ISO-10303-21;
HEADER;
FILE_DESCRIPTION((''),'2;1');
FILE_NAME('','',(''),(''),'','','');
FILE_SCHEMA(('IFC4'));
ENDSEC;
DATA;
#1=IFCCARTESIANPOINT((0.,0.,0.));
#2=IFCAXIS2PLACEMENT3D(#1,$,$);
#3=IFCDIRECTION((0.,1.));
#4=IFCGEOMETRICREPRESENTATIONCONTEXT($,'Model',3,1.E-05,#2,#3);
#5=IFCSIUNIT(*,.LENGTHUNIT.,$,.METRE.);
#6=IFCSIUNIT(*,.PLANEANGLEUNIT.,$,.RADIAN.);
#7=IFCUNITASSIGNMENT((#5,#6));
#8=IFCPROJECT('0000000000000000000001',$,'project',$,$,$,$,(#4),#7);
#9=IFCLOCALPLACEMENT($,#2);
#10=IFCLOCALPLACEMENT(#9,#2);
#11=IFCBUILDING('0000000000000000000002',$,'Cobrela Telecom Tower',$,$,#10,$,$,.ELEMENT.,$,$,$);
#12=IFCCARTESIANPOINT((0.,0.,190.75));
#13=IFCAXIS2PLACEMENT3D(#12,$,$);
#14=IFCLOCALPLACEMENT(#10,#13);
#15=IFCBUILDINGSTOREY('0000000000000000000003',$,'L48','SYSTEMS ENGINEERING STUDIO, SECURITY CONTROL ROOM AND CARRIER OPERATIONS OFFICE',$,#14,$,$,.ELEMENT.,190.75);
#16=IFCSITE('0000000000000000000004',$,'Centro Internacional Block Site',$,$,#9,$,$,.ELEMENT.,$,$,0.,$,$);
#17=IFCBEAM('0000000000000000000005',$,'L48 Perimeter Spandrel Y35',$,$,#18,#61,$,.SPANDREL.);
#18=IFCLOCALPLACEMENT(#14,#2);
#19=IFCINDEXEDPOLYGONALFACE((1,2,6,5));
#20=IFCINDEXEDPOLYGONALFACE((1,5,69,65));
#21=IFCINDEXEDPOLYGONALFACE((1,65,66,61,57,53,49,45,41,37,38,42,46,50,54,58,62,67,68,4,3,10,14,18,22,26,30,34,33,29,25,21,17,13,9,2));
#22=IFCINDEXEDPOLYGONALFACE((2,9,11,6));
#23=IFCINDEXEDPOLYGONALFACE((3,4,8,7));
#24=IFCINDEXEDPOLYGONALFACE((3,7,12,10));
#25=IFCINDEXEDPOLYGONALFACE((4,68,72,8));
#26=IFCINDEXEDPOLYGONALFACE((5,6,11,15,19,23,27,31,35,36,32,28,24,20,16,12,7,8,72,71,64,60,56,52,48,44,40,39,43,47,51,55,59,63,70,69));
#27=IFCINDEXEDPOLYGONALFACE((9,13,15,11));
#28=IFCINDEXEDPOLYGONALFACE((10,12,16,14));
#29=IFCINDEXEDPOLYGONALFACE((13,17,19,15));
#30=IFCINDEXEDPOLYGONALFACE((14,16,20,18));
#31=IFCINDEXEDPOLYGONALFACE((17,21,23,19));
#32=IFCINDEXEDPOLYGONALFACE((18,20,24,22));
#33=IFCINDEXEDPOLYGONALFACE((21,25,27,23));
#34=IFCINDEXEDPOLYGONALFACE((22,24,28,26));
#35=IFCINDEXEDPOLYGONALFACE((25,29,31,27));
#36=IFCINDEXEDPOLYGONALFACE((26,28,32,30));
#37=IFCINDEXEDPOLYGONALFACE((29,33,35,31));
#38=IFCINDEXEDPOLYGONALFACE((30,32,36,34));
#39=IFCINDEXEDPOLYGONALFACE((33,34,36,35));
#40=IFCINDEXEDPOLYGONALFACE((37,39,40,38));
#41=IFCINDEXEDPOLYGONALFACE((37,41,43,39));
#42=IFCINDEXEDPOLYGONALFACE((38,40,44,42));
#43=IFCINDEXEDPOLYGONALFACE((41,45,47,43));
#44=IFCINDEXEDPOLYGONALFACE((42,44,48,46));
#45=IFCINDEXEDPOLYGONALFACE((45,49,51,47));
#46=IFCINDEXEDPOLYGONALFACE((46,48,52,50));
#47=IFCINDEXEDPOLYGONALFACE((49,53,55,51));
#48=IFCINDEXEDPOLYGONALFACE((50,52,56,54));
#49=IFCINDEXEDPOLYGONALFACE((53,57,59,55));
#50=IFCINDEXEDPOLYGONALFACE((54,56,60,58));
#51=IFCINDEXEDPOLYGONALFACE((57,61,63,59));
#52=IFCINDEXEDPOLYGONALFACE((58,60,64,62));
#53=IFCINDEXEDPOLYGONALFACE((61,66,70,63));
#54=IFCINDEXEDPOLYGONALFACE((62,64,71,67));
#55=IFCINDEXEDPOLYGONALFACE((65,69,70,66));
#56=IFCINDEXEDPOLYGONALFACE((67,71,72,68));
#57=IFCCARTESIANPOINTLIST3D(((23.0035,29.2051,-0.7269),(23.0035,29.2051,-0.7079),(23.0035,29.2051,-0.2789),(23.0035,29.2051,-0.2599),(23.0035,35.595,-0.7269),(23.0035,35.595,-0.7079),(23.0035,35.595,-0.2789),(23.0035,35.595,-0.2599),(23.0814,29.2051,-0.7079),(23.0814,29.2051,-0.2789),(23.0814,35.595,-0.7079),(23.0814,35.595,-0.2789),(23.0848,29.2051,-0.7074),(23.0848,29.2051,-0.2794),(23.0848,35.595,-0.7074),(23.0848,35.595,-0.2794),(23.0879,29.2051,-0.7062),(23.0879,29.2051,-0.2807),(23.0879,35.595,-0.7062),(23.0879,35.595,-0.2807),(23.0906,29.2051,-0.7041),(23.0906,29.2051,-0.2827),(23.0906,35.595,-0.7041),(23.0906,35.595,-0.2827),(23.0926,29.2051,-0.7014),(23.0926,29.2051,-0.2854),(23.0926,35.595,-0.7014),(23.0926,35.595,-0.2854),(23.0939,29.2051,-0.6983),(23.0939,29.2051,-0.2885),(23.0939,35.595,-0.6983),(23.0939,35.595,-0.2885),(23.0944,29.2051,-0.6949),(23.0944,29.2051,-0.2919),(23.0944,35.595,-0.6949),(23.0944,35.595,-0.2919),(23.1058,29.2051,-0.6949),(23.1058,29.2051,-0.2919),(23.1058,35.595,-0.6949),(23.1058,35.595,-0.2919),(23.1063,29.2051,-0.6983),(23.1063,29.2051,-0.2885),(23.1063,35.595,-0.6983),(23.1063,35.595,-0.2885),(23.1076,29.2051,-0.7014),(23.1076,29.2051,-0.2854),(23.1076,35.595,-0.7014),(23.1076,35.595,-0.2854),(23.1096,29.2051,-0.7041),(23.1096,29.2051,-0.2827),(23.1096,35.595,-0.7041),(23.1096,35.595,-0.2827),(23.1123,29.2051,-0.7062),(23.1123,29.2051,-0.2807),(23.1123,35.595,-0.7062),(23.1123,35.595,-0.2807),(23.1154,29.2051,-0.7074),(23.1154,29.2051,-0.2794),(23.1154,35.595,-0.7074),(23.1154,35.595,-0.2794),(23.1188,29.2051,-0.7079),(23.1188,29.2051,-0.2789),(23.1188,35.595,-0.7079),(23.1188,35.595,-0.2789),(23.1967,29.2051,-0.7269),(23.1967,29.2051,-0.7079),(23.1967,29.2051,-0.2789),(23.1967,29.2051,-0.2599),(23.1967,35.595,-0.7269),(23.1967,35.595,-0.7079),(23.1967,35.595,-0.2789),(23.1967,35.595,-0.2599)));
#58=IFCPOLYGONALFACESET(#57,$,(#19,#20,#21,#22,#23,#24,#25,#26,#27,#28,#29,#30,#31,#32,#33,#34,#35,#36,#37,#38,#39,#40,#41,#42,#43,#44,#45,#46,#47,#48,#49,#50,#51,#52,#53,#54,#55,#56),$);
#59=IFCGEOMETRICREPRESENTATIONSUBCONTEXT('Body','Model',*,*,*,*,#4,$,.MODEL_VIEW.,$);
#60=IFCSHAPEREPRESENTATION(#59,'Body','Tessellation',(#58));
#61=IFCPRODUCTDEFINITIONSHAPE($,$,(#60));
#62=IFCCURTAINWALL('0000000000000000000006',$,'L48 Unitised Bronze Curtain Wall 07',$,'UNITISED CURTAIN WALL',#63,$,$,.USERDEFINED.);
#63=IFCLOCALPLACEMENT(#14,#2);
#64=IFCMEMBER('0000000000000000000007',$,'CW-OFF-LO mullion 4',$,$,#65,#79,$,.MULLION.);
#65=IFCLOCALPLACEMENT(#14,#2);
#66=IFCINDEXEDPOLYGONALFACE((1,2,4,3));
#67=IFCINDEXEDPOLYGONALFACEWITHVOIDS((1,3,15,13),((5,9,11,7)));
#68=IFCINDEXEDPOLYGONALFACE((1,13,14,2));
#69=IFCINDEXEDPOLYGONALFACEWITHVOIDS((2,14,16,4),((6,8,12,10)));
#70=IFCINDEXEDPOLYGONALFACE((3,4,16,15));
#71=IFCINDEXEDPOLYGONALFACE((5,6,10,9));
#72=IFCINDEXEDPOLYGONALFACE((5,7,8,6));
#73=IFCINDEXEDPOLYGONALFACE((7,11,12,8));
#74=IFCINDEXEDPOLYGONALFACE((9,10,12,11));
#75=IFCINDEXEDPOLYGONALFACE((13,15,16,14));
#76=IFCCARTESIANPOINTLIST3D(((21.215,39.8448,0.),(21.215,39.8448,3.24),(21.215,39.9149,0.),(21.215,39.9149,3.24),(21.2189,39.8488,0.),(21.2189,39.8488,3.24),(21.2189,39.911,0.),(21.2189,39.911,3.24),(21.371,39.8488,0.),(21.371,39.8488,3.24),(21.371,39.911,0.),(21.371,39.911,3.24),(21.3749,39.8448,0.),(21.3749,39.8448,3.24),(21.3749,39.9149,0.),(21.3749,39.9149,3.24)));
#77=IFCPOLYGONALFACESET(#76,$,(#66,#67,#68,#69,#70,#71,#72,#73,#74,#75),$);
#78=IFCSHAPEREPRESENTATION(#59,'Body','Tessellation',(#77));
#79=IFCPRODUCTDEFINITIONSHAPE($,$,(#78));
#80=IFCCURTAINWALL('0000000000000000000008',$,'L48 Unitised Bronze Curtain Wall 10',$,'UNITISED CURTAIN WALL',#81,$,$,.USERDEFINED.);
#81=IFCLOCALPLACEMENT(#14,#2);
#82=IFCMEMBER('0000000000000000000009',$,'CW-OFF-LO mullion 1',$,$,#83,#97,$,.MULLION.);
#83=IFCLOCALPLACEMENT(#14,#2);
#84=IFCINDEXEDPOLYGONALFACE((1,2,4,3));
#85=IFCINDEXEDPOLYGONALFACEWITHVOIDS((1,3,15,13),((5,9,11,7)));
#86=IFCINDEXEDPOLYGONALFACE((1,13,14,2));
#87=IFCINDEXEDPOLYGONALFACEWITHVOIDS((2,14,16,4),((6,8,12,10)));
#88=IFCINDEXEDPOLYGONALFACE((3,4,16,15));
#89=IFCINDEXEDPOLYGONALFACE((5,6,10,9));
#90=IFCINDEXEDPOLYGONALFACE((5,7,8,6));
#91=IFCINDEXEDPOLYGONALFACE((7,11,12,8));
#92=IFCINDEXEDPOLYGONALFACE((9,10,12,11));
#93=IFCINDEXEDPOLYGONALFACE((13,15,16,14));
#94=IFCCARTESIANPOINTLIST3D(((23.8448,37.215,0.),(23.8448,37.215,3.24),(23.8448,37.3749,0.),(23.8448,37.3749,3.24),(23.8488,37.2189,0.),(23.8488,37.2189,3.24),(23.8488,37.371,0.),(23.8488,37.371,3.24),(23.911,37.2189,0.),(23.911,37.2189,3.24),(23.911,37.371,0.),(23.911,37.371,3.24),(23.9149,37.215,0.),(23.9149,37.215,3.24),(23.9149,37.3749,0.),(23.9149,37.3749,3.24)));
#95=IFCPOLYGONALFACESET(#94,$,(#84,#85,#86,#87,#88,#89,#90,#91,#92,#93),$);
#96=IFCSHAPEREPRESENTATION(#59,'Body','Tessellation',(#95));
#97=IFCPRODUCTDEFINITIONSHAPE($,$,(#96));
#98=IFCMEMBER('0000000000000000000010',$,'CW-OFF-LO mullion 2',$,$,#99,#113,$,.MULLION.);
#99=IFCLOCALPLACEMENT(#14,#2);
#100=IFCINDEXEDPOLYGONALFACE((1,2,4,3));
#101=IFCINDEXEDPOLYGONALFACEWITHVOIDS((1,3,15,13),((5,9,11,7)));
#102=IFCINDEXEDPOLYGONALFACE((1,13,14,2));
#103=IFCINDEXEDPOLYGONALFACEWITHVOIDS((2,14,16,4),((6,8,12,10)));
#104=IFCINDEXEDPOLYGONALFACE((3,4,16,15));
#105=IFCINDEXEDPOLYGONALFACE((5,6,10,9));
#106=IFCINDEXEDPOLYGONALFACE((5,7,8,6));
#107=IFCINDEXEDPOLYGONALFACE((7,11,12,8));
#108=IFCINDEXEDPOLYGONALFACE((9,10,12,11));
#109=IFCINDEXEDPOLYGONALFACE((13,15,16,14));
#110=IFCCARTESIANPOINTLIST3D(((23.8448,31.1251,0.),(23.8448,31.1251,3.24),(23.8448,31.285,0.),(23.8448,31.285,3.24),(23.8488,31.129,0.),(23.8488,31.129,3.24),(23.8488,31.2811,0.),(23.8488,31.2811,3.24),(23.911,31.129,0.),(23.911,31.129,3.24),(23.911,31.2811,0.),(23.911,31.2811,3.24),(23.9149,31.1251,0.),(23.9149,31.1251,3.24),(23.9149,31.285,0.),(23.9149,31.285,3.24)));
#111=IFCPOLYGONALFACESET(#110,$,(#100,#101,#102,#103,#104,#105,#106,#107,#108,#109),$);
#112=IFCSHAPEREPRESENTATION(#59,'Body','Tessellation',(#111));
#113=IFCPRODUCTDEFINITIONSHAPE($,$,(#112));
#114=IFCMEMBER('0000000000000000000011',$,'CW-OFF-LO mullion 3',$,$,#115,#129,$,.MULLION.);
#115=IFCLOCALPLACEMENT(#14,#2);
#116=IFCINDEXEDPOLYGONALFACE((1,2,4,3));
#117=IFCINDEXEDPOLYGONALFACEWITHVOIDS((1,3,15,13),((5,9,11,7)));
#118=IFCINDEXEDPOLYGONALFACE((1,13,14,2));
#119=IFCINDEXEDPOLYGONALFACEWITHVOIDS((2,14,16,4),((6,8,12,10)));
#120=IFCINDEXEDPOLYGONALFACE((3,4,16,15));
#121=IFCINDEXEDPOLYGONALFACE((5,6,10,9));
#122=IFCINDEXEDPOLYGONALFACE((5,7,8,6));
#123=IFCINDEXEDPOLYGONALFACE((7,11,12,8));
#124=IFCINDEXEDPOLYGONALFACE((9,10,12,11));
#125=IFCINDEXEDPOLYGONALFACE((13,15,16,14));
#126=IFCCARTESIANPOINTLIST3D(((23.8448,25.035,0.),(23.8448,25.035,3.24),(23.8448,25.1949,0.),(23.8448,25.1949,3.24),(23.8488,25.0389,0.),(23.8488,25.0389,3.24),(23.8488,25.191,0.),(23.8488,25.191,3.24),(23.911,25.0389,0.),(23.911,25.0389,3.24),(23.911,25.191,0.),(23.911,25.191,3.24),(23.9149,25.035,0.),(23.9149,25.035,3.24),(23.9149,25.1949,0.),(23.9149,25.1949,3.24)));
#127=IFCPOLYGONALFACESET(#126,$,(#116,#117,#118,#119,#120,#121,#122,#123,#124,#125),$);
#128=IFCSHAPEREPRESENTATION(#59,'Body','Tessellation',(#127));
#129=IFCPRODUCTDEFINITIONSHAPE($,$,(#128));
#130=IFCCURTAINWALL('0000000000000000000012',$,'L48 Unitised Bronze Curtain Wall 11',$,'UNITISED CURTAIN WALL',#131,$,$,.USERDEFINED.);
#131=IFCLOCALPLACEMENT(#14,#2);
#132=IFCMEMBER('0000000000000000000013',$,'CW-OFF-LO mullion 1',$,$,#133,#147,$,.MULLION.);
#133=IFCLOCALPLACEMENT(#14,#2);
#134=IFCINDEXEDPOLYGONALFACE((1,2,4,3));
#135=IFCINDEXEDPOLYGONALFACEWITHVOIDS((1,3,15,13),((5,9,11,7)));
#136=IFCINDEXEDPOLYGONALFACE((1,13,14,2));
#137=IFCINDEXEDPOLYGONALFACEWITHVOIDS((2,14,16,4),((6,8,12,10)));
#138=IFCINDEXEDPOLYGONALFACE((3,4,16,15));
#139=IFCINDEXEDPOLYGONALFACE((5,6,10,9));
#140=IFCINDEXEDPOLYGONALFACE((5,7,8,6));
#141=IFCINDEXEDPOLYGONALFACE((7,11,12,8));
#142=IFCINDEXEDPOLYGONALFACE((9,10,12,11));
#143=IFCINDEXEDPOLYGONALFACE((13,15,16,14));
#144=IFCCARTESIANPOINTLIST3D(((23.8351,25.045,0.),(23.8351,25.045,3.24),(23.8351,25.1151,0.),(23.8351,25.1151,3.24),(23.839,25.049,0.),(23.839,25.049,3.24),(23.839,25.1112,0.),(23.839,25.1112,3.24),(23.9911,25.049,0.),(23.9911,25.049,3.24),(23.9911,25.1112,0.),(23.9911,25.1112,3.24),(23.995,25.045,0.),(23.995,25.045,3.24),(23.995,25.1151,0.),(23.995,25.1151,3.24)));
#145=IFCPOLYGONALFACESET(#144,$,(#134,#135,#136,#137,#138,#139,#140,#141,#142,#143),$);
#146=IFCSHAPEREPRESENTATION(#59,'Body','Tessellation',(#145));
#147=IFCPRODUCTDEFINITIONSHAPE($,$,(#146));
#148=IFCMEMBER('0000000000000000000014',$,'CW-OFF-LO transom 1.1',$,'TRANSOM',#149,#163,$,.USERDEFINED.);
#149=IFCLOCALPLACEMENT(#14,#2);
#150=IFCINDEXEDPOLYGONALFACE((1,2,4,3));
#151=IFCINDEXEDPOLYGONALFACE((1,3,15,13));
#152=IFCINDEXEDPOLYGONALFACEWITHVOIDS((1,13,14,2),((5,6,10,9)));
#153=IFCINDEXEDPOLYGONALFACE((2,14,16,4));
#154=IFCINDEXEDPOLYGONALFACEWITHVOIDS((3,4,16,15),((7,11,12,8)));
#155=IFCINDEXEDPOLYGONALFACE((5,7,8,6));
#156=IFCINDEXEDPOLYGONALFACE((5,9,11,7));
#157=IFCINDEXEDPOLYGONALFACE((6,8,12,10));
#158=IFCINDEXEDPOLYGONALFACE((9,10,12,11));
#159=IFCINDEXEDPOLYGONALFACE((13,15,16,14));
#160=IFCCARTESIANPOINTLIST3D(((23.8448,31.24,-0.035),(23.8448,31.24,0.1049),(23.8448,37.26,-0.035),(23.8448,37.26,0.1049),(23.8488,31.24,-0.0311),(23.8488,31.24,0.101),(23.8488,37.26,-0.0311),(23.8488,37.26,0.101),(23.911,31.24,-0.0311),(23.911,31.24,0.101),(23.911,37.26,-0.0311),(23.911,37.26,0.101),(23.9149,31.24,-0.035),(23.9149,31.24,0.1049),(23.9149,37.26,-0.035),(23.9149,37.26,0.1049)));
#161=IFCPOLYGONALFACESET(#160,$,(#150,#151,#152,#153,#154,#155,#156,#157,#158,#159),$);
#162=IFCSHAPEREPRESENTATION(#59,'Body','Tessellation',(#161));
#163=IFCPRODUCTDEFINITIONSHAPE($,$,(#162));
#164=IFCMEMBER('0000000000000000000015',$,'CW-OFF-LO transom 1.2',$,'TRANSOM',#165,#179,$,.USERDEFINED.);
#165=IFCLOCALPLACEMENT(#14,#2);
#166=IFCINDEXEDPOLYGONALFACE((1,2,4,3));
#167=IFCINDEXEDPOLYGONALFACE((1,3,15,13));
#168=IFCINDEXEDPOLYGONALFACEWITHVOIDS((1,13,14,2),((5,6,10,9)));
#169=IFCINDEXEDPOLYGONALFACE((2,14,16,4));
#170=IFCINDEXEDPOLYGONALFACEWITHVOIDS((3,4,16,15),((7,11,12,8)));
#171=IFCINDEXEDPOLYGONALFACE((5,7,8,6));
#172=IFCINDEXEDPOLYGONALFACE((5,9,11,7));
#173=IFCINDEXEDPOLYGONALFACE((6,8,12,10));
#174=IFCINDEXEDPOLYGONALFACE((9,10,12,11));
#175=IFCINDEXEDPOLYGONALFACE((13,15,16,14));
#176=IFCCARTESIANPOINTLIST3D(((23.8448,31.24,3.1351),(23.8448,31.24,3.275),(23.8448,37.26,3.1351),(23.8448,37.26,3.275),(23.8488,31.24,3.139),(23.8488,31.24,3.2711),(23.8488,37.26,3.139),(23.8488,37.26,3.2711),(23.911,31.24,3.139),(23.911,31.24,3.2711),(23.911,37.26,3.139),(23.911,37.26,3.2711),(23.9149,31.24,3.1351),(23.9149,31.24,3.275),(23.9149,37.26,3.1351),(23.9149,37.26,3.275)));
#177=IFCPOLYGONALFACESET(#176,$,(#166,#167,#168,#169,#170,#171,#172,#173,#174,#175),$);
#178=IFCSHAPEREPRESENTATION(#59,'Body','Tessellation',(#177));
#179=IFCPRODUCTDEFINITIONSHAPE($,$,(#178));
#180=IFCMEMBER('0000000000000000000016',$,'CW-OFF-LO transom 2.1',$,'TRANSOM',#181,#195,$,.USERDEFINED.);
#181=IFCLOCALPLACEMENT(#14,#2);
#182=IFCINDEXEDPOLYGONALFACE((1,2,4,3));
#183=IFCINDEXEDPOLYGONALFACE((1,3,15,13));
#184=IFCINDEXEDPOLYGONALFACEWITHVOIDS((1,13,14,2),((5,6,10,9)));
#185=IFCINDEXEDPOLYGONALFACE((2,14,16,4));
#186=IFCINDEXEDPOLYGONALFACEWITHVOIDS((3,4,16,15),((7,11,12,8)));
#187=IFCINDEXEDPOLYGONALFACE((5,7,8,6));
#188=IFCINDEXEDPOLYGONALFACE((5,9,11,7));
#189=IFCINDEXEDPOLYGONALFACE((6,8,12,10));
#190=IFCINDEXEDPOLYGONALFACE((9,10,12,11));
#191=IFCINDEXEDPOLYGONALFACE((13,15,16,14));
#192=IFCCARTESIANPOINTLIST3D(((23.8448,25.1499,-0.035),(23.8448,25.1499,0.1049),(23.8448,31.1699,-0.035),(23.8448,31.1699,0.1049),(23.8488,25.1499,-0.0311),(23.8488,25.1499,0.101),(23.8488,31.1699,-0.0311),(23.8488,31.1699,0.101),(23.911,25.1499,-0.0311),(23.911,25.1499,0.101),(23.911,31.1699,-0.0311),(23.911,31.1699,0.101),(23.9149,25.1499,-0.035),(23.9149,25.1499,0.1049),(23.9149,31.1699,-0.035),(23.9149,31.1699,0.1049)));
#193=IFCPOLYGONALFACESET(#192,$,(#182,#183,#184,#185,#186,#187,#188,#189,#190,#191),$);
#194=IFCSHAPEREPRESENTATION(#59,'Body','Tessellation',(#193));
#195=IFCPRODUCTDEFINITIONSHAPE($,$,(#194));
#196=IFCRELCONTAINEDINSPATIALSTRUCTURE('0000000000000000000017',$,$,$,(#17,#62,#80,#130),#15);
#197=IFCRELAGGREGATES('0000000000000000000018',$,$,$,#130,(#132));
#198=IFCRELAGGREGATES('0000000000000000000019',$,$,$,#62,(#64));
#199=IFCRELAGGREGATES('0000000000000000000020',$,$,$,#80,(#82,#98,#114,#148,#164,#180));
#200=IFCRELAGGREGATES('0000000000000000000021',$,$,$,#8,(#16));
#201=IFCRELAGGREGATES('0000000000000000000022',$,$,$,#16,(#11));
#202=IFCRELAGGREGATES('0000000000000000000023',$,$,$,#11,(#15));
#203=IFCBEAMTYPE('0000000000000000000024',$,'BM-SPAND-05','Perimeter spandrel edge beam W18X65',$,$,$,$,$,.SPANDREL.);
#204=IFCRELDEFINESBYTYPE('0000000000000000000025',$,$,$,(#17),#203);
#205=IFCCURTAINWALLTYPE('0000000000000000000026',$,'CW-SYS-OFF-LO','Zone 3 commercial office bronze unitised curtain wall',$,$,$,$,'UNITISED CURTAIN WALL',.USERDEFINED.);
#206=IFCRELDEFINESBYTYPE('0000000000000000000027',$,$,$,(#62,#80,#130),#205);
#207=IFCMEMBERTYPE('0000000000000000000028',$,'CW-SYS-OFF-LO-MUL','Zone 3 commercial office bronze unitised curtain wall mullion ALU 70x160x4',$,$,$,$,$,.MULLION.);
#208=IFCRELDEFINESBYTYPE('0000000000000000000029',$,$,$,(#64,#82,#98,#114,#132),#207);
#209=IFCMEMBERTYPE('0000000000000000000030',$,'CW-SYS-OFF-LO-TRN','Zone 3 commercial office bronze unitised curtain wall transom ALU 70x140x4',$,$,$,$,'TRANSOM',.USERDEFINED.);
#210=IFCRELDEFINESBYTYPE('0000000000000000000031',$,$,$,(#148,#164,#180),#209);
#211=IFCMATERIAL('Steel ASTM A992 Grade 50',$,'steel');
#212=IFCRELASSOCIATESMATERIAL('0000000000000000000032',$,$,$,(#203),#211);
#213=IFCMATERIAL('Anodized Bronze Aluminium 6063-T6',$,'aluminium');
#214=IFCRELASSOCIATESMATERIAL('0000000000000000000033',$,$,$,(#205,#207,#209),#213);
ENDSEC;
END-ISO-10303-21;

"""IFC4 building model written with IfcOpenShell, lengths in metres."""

from ifc_helpers import new_model, si_unit, direction, frame, origin, origin_2d, place, context, subcontext, project, spatial, hollow_rectangle, i_section, extrude, material, material_profile, profile_set, type_object, element, aggregate, save


model = new_model("IFC4")

# Units and contexts
model_context = context("Model", 3, precision=1e-05, world=origin(), true_north=direction((0.0, 1.0)))
body_context = subcontext(model_context, "Body", "Model", "MODEL_VIEW")
ifc_project = project(units=[si_unit("LENGTHUNIT", "METRE"), si_unit("PLANEANGLEUNIT", "RADIAN")], contexts=[model_context])

# Site, building, storey
site_placement = place(None, origin())
site = spatial("IfcSite", under=ifc_project, at=site_placement, Name="Centro Internacional Block Site", CompositionType="ELEMENT", RefElevation=0.0)
building_placement = place(site_placement, origin())
building = spatial("IfcBuilding", under=site, at=building_placement, Name="Cobrela Telecom Tower", CompositionType="ELEMENT")
storey_placement = place(building_placement, frame((0.0, 0.0, 190.75)))
storey = spatial("IfcBuildingStorey", under=building, at=storey_placement, Name="L48", Description="SYSTEMS ENGINEERING STUDIO, SECURITY CONTROL ROOM AND CARRIER OPERATIONS OFFICE", CompositionType="ELEMENT", Elevation=190.75)

# Shared definitions
ifc_material_1 = material(Name="Steel ASTM A992 Grade 50", Category="steel")

# Beam
ifc_material_profile_1 = material_profile(ifc_material_1, i_section(OverallWidth=0.1931, OverallDepth=0.467, WebThickness=0.0115, FlangeThickness=0.019, FilletRadius=0.0129, at=origin_2d()), Name="W18X65")
ifc_profile_set_1 = profile_set([ifc_material_profile_1], Name="Steel ASTM A992 Grade 50")
beam_type_1 = type_object("IfcBeamType", Name="BM-SPAND-05", Description="Perimeter spandrel edge beam W18X65", PredefinedType="SPANDREL", material=ifc_profile_set_1)
beam_1_placement = place(storey_placement, frame((23.1001, 29.2051, -0.4934), z_axis=(0.0, 1.0, 0.0), x_axis=(-1.0, 0.0, 0.0)))
element("IfcBeam", 1, at=beam_1_placement, inside=storey, type_object=beam_type_1, Name="L48 Perimeter Spandrel Y35", PredefinedType="SPANDREL", context=body_context, shape_type="SweptSolid", body=[
    extrude(i_section(OverallWidth=0.1931, OverallDepth=0.467, WebThickness=0.0115, FlangeThickness=0.019, FilletRadius=0.0129, at=origin_2d()), origin(), (0.0, 0.0, 1.0), 6.3899),
])

# Curtain wall, member
ifc_material_2 = material(Name="Anodized Bronze Aluminium 6063-T6", Category="aluminium")
curtain_wall_type = type_object("IfcCurtainWallType", Name="CW-SYS-OFF-LO", Description="Zone 3 commercial office bronze unitised curtain wall", ElementType="UNITISED CURTAIN WALL", PredefinedType="USERDEFINED", material=ifc_material_2)
curtain_wall_1_placement = place(storey_placement, origin())
curtain_wall_1 = element("IfcCurtainWall", 2, at=curtain_wall_1_placement, inside=storey, type_object=curtain_wall_type, Name="L48 Unitised Bronze Curtain Wall 07", ObjectType="UNITISED CURTAIN WALL", PredefinedType="USERDEFINED")
ifc_material_profile_2 = material_profile(ifc_material_2, hollow_rectangle(XDim=0.0701, YDim=0.1599, WallThickness=0.0039, at=origin_2d()), Name="ALU 70x160x4")
ifc_profile_set_2 = profile_set([ifc_material_profile_2], Name="Anodized Bronze Aluminium 6063-T6")
member_type_1 = type_object("IfcMemberType", Name="CW-SYS-OFF-LO-MUL", Description="Zone 3 commercial office bronze unitised curtain wall mullion ALU 70x160x4", PredefinedType="MULLION", material=ifc_profile_set_2)
member_1_placement = place(storey_placement, frame((21.2949, 39.8799, 0.0), z_axis=(0.0, 0.0, 1.0), x_axis=(0.0, 1.0, 0.0)))
member_1 = element("IfcMember", 3, at=member_1_placement, type_object=member_type_1, Name="CW-OFF-LO mullion 4", PredefinedType="MULLION", context=body_context, shape_type="SweptSolid", body=[
    extrude(hollow_rectangle(XDim=0.0701, YDim=0.1599, WallThickness=0.0039, at=origin_2d()), origin(), (0.0, 0.0, 1.0), 3.24),
])

# Curtain wall, members
curtain_wall_2_placement = place(storey_placement, origin())
curtain_wall_2 = element("IfcCurtainWall", 4, at=curtain_wall_2_placement, inside=storey, type_object=curtain_wall_type, Name="L48 Unitised Bronze Curtain Wall 10", ObjectType="UNITISED CURTAIN WALL", PredefinedType="USERDEFINED")
member_2_placement = place(storey_placement, frame((23.8799, 37.2949, 0.0), z_axis=(0.0, 0.0, 1.0), x_axis=(1.0, 0.0, 0.0)))
member_2 = element("IfcMember", 5, at=member_2_placement, type_object=member_type_1, Name="CW-OFF-LO mullion 1", PredefinedType="MULLION", context=body_context, shape_type="SweptSolid", body=[
    extrude(hollow_rectangle(XDim=0.0701, YDim=0.1599, WallThickness=0.0039, at=origin_2d()), origin(), (0.0, 0.0, 1.0), 3.24),
])
member_3_placement = place(storey_placement, frame((23.8799, 31.2051, 0.0), z_axis=(0.0, 0.0, 1.0), x_axis=(1.0, 0.0, 0.0)))
member_3 = element("IfcMember", 6, at=member_3_placement, type_object=member_type_1, Name="CW-OFF-LO mullion 2", PredefinedType="MULLION", context=body_context, shape_type="SweptSolid", body=[
    extrude(hollow_rectangle(XDim=0.0701, YDim=0.1599, WallThickness=0.0039, at=origin_2d()), origin(), (0.0, 0.0, 1.0), 3.24),
])
member_4_placement = place(storey_placement, frame((23.8799, 25.115, 0.0), z_axis=(0.0, 0.0, 1.0), x_axis=(1.0, 0.0, 0.0)))
member_4 = element("IfcMember", 7, at=member_4_placement, type_object=member_type_1, Name="CW-OFF-LO mullion 3", PredefinedType="MULLION", context=body_context, shape_type="SweptSolid", body=[
    extrude(hollow_rectangle(XDim=0.0701, YDim=0.1599, WallThickness=0.0039, at=origin_2d()), origin(), (0.0, 0.0, 1.0), 3.24),
])

# Curtain wall, member
curtain_wall_3_placement = place(storey_placement, origin())
curtain_wall_3 = element("IfcCurtainWall", 8, at=curtain_wall_3_placement, inside=storey, type_object=curtain_wall_type, Name="L48 Unitised Bronze Curtain Wall 11", ObjectType="UNITISED CURTAIN WALL", PredefinedType="USERDEFINED")
member_5_placement = place(storey_placement, frame((23.915, 25.0801, 0.0), z_axis=(0.0, 0.0, 1.0), x_axis=(0.0, 1.0, 0.0)))
member_5 = element("IfcMember", 9, at=member_5_placement, type_object=member_type_1, Name="CW-OFF-LO mullion 1", PredefinedType="MULLION", context=body_context, shape_type="SweptSolid", body=[
    extrude(hollow_rectangle(XDim=0.0701, YDim=0.1599, WallThickness=0.0039, at=origin_2d()), origin(), (0.0, 0.0, 1.0), 3.24),
])

# Members
ifc_material_profile_3 = material_profile(ifc_material_2, hollow_rectangle(XDim=0.0701, YDim=0.1399, WallThickness=0.0039, at=origin_2d()), Name="ALU 70x140x4")
ifc_profile_set_3 = profile_set([ifc_material_profile_3], Name="Anodized Bronze Aluminium 6063-T6")
member_type_2 = type_object("IfcMemberType", Name="CW-SYS-OFF-LO-TRN", Description="Zone 3 commercial office bronze unitised curtain wall transom ALU 70x140x4", ElementType="TRANSOM", PredefinedType="USERDEFINED", material=ifc_profile_set_3)
member_6_placement = place(storey_placement, frame((23.8799, 37.26, 0.0349), z_axis=(0.0, -1.0, 0.0), x_axis=(1.0, 0.0, 0.0)))
member_6 = element("IfcMember", 10, at=member_6_placement, type_object=member_type_2, Name="CW-OFF-LO transom 1.1", ObjectType="TRANSOM", PredefinedType="USERDEFINED", context=body_context, shape_type="SweptSolid", body=[
    extrude(hollow_rectangle(XDim=0.0701, YDim=0.1399, WallThickness=0.0039, at=origin_2d()), origin(), (0.0, 0.0, 1.0), 6.02),
])
member_7_placement = place(storey_placement, frame((23.8799, 37.26, 3.2051), z_axis=(0.0, -1.0, 0.0), x_axis=(1.0, 0.0, 0.0)))
member_7 = element("IfcMember", 11, at=member_7_placement, type_object=member_type_2, Name="CW-OFF-LO transom 1.2", ObjectType="TRANSOM", PredefinedType="USERDEFINED", context=body_context, shape_type="SweptSolid", body=[
    extrude(hollow_rectangle(XDim=0.0701, YDim=0.1399, WallThickness=0.0039, at=origin_2d()), origin(), (0.0, 0.0, 1.0), 6.02),
])
member_8_placement = place(storey_placement, frame((23.8799, 31.1699, 0.0349), z_axis=(0.0, -1.0, 0.0), x_axis=(1.0, 0.0, 0.0)))
member_8 = element("IfcMember", 12, at=member_8_placement, type_object=member_type_2, Name="CW-OFF-LO transom 2.1", ObjectType="TRANSOM", PredefinedType="USERDEFINED", context=body_context, shape_type="SweptSolid", body=[
    extrude(hollow_rectangle(XDim=0.0701, YDim=0.1399, WallThickness=0.0039, at=origin_2d()), origin(), (0.0, 0.0, 1.0), 6.02),
])
aggregate(curtain_wall_3, [member_5])

aggregate(curtain_wall_1, [member_1])
aggregate(curtain_wall_2, [member_2, member_3, member_4, member_6, member_7, member_8])

save(model, "model.ifc")
